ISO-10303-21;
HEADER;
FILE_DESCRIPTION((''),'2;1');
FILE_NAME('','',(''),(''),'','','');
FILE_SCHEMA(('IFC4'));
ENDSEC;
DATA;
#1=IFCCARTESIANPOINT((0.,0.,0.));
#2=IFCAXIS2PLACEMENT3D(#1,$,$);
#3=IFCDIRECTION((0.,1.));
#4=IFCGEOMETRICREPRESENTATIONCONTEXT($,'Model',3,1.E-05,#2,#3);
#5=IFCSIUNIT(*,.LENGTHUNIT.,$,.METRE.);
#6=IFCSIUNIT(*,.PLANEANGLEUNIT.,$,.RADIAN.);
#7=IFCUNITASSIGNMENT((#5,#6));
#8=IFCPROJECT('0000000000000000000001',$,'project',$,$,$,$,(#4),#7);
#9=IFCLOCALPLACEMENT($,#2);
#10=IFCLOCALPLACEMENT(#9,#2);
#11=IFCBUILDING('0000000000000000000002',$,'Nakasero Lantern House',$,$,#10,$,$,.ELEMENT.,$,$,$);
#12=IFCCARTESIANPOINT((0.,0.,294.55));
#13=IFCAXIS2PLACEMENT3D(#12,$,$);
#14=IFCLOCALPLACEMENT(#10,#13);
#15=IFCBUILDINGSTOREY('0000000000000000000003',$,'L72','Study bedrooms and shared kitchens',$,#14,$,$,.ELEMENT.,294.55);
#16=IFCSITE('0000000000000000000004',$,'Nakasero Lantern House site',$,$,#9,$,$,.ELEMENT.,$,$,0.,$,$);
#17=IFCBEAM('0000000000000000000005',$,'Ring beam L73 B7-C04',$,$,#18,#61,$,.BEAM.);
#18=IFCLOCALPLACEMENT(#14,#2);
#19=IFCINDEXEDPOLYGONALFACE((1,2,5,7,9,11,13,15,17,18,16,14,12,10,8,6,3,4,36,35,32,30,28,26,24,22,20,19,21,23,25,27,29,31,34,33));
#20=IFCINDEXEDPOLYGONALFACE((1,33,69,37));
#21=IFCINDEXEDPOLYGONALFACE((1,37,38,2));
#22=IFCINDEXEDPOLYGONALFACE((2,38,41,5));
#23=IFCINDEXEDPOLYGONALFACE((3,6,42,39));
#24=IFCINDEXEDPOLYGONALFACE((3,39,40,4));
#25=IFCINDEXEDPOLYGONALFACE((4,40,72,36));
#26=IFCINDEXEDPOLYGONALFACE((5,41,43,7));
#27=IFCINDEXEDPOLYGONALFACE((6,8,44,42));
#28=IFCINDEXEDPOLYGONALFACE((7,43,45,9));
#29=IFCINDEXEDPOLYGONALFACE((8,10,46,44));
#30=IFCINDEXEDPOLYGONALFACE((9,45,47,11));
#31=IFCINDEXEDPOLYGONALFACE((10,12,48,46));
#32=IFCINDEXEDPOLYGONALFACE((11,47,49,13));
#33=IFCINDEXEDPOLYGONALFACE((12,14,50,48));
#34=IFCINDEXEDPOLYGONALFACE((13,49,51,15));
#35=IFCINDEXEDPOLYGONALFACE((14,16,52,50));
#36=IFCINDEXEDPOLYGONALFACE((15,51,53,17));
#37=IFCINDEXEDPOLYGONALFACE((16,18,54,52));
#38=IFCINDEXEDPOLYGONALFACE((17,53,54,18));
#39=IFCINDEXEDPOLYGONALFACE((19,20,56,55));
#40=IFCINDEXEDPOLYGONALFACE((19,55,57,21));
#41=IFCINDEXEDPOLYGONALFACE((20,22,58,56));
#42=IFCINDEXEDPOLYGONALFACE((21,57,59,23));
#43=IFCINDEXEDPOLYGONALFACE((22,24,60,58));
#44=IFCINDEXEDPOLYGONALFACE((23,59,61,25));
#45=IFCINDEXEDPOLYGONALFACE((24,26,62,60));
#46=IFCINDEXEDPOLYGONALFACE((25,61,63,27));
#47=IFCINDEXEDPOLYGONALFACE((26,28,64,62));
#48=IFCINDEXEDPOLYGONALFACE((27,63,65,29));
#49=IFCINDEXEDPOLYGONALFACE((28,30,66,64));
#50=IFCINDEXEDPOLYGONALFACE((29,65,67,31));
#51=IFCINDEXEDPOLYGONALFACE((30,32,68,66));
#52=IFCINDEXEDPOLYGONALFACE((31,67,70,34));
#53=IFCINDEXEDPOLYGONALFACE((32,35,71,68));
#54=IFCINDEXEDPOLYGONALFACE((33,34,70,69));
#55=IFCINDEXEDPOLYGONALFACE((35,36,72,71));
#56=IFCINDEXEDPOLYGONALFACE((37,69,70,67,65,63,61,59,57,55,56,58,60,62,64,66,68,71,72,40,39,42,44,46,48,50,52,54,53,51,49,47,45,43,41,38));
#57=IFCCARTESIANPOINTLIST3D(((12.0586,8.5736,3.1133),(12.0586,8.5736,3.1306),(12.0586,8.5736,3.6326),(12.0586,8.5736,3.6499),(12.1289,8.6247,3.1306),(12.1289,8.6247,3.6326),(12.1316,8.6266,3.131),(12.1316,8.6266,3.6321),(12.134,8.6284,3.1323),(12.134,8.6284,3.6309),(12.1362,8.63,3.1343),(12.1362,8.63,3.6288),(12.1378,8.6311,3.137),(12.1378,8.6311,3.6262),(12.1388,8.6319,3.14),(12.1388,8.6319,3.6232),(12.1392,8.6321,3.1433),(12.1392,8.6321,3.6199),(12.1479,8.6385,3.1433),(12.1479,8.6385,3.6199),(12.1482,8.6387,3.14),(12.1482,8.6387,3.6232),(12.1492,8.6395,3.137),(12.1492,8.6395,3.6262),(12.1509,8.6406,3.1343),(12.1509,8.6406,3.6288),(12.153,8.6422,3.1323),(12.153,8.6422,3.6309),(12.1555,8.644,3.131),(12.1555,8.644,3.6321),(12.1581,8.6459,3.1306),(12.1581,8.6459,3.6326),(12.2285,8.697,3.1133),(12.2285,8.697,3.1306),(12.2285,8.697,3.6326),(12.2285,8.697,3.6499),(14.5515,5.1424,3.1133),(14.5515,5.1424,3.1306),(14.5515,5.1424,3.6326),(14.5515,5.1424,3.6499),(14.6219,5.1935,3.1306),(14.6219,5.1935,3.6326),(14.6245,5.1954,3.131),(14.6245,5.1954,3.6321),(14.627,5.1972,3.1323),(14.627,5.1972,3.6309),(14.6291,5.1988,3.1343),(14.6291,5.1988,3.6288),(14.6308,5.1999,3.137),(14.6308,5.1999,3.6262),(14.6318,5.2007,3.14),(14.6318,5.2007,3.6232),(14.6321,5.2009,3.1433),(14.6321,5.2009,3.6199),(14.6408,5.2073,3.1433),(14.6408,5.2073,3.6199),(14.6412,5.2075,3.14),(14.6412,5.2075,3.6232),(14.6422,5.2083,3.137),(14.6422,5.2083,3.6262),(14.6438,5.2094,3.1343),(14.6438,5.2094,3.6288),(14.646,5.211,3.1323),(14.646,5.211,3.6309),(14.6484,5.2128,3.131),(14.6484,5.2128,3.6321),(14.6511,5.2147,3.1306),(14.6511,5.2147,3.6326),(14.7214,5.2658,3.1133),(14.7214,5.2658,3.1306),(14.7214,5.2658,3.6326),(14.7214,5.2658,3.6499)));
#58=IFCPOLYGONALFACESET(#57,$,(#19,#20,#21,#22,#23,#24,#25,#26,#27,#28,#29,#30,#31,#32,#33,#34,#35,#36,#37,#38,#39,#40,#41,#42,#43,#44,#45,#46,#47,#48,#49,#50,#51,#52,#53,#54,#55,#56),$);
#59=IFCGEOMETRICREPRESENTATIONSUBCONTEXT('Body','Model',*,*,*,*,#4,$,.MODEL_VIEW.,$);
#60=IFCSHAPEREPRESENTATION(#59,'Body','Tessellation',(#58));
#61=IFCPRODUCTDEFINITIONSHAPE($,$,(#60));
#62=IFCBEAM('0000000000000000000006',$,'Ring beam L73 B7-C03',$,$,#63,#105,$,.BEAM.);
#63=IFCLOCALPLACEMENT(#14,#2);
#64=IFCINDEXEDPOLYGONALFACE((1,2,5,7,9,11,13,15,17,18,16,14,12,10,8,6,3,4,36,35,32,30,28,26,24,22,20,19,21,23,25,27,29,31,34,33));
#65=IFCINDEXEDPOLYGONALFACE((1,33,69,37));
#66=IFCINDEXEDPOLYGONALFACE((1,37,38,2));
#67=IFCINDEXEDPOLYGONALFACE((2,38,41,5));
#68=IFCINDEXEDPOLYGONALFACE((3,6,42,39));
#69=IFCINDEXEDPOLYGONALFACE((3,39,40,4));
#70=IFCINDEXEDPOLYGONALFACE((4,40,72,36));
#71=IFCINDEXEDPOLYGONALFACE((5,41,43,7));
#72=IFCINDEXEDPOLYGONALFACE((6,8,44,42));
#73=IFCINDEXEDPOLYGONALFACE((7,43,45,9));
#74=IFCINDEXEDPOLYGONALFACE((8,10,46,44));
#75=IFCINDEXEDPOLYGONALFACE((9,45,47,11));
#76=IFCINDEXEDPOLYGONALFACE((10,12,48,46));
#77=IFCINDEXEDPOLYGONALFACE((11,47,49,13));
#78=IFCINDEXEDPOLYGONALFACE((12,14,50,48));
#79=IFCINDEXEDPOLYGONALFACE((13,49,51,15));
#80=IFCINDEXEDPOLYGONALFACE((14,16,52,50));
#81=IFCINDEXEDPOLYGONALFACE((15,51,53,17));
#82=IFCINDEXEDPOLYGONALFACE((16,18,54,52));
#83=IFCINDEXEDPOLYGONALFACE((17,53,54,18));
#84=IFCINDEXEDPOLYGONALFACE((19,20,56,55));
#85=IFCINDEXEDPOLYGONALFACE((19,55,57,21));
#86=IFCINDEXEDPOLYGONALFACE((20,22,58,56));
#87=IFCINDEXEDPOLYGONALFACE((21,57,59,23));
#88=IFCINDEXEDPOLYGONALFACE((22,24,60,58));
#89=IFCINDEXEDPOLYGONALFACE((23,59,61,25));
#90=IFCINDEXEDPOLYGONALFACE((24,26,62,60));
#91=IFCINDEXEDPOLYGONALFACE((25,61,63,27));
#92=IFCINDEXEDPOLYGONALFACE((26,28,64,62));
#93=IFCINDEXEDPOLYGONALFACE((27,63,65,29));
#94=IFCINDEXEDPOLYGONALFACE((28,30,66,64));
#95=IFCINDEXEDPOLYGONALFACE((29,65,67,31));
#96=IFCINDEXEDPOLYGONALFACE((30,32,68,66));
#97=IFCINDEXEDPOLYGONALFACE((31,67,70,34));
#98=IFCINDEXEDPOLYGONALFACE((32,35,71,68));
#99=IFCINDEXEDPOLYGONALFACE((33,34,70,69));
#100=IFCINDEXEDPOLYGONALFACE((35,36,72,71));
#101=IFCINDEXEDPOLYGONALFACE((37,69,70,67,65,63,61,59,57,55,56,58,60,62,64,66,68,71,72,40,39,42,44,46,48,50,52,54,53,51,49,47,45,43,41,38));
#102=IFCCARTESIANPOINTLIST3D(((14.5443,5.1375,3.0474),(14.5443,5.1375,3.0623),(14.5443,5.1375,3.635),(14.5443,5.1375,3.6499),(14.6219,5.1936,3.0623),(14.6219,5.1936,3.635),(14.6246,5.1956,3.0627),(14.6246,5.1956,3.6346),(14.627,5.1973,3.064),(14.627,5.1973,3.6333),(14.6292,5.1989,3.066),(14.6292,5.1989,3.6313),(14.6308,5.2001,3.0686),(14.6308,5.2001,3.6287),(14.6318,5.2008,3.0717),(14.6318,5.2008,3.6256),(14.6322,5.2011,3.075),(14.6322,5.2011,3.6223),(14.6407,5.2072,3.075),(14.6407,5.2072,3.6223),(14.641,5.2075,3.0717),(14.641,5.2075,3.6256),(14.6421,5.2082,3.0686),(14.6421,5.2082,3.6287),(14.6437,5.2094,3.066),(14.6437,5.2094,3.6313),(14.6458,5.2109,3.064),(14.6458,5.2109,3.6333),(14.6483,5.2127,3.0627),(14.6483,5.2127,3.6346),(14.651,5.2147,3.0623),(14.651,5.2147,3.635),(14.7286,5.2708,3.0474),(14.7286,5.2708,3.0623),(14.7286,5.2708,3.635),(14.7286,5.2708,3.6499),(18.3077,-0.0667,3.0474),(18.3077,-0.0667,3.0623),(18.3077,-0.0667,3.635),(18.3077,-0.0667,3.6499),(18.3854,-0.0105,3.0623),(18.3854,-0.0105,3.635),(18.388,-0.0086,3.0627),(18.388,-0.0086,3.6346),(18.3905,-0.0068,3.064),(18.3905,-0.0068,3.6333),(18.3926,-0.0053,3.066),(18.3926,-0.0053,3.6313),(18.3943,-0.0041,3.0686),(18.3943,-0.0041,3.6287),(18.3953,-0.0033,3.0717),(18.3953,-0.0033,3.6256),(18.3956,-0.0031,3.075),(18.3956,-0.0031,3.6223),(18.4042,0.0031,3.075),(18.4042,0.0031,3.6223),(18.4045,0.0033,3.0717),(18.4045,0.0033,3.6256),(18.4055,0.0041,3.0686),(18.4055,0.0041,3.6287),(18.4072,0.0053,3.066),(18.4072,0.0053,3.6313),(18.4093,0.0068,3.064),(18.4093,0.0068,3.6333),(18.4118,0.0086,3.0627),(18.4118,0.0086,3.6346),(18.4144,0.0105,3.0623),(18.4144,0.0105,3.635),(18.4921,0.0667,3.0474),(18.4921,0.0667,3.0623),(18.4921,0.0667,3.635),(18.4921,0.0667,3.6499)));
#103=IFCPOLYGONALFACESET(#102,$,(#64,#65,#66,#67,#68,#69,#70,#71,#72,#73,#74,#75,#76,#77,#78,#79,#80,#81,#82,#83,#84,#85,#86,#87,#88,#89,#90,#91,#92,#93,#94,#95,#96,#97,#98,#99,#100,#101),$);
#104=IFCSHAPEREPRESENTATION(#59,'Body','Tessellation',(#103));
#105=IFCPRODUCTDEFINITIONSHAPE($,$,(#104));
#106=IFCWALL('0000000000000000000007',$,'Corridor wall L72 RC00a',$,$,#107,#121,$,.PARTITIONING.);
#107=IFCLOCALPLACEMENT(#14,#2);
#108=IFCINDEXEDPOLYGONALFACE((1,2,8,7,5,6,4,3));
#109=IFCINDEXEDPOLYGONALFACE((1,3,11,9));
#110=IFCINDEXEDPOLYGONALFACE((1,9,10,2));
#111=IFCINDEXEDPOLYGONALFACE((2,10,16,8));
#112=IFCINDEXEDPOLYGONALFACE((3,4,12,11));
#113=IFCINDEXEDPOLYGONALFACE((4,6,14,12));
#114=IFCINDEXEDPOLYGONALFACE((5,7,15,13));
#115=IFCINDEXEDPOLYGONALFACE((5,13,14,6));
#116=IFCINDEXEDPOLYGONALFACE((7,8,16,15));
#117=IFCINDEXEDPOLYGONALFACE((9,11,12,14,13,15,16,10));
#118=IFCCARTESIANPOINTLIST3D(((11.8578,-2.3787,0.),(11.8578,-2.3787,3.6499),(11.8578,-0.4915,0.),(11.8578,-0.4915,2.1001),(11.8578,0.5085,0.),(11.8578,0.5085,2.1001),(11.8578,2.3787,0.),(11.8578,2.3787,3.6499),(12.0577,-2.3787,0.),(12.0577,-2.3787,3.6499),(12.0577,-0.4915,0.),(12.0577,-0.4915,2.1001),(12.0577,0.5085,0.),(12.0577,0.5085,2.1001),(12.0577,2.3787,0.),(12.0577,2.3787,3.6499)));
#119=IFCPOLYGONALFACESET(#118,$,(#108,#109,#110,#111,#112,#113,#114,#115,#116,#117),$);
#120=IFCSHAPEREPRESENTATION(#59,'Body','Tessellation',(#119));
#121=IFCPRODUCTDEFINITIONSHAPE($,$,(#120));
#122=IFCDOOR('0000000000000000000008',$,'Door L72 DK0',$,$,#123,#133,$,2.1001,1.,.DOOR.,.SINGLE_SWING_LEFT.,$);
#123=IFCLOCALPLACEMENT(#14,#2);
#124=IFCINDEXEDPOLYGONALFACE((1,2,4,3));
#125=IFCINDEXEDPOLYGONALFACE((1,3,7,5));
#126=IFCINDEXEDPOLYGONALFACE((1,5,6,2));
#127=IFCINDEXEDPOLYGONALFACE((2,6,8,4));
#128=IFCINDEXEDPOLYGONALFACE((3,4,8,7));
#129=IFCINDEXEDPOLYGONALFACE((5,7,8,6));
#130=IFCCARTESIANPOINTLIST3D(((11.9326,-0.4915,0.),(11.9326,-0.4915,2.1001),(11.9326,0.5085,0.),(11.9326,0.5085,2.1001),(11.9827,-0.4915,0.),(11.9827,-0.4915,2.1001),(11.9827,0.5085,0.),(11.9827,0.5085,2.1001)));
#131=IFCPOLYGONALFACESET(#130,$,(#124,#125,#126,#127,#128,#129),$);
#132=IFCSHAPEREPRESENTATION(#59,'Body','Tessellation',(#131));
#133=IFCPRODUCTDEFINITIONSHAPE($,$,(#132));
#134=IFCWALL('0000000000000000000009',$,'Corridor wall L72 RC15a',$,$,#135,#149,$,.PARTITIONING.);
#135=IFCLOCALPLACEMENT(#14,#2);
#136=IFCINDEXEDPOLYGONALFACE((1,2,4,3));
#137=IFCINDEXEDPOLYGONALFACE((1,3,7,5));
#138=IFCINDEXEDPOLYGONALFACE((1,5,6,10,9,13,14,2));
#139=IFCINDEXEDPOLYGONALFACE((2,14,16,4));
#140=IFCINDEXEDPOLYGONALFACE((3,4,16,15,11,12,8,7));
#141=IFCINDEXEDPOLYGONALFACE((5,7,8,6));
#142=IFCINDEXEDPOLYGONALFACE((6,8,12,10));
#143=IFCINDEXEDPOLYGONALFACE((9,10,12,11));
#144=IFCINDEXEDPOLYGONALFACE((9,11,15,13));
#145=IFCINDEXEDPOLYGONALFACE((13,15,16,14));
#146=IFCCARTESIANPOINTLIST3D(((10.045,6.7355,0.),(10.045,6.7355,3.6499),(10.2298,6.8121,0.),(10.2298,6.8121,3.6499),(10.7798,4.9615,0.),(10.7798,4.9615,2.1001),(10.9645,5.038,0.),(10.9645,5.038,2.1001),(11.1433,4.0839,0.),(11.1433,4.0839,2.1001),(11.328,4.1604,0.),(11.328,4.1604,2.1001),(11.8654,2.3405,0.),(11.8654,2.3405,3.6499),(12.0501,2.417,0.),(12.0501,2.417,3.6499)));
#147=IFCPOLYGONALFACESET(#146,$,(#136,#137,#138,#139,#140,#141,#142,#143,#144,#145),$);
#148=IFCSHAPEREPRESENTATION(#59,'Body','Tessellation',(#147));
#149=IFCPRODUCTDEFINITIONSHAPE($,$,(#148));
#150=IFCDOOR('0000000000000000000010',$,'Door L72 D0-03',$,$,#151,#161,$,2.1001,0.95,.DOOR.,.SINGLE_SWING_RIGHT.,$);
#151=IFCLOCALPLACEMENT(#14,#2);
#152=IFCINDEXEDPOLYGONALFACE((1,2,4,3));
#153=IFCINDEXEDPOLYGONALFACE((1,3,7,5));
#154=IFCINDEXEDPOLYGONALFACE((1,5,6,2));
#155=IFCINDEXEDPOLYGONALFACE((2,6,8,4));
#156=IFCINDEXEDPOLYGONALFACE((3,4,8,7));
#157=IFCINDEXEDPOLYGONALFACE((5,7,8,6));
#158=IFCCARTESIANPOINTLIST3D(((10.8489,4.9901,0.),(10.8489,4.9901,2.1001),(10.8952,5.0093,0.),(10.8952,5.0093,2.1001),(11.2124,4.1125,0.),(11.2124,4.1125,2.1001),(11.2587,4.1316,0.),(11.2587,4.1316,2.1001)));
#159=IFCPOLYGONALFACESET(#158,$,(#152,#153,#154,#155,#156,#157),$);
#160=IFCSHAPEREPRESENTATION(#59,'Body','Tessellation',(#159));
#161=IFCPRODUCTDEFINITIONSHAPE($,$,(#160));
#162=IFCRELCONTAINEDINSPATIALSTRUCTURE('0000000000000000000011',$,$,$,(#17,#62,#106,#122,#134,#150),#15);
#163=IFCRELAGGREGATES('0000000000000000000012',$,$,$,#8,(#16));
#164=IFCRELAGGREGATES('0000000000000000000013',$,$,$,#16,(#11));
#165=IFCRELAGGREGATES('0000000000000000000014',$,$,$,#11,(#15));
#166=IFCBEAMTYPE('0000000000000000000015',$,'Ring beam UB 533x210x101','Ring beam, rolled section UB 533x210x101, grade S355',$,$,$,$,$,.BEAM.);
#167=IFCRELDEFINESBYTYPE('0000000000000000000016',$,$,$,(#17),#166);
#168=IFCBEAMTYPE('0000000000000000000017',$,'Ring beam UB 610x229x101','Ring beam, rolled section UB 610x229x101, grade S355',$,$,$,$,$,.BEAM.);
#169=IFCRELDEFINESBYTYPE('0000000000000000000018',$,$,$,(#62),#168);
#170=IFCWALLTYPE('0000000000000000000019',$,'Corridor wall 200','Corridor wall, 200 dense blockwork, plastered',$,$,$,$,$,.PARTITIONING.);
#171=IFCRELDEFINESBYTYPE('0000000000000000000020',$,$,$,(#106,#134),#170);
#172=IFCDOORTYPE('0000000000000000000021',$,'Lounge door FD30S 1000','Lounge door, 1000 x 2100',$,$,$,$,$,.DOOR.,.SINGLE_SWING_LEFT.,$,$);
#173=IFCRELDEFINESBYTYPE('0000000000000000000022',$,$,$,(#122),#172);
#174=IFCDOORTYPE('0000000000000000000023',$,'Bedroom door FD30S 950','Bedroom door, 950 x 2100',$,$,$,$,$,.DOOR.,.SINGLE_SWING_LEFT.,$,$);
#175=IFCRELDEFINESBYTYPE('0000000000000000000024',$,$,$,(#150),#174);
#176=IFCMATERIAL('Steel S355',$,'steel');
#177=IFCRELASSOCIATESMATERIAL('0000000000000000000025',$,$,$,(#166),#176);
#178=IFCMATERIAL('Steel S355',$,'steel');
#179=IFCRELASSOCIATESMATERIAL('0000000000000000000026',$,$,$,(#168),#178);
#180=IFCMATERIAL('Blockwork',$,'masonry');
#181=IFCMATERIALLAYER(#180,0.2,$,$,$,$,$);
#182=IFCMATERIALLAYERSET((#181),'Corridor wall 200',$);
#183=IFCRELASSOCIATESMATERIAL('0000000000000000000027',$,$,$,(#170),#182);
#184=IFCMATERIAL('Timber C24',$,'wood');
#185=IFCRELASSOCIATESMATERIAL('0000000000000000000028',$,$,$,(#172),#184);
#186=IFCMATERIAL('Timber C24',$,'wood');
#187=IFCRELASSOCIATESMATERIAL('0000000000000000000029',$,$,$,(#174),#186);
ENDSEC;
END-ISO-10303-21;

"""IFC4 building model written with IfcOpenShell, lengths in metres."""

from ifc_helpers import new_model, si_unit, direction, frame, frame_2d, origin, origin_2d, place, context, subcontext, project, spatial, rectangle, i_section, extrude, material, layer, layer_set, material_profile, profile_set, type_object, element, fill, save


model = new_model("IFC4")

# Units and contexts
model_context = context("Model", 3, precision=1e-05, world=origin(), true_north=direction((0.0, 1.0)))
body_context = subcontext(model_context, "Body", "Model", "MODEL_VIEW")
ifc_project = project(units=[si_unit("LENGTHUNIT", "METRE"), si_unit("PLANEANGLEUNIT", "RADIAN")], contexts=[model_context])

# Site, building, storey
site_placement = place(None, origin())
site = spatial("IfcSite", under=ifc_project, at=site_placement, Name="Nakasero Lantern House site", CompositionType="ELEMENT", RefElevation=0.0)
building_placement = place(site_placement, origin())
building = spatial("IfcBuilding", under=site, at=building_placement, Name="Nakasero Lantern House", CompositionType="ELEMENT")
storey_placement = place(building_placement, frame((0.0, 0.0, 294.55)))
storey = spatial("IfcBuildingStorey", under=building, at=storey_placement, Name="L72", Description="Study bedrooms and shared kitchens", CompositionType="ELEMENT", Elevation=294.55)

# Beams
ifc_material_1 = material(Name="Steel S355", Category="steel")
ifc_material_profile_1 = material_profile(ifc_material_1, i_section(OverallWidth=0.21, OverallDepth=0.5366, WebThickness=0.0107, FlangeThickness=0.0173, FilletRadius=0.0127, at=origin_2d()), Name="UB 533x210x101")
ifc_profile_set_1 = profile_set([ifc_material_profile_1], Name="Steel S355")
beam_type_1 = type_object("IfcBeamType", Name="Ring beam UB 533x210x101", Description="Ring beam, rolled section UB 533x210x101, grade S355", PredefinedType="BEAM", material=ifc_profile_set_1)
beam_1_placement = place(storey_placement, frame((14.6365, 5.2041, 3.3816), z_axis=(-0.587792, 0.809012, 0.0), x_axis=(-0.809012, -0.587792, 0.0)))
element("IfcBeam", 1, at=beam_1_placement, inside=storey, type_object=beam_type_1, Name="Ring beam L73 B7-C04", PredefinedType="BEAM", context=body_context, shape_type="SweptSolid", body=[
    extrude(i_section(OverallWidth=0.21, OverallDepth=0.5366, WebThickness=0.0107, FlangeThickness=0.0173, FilletRadius=0.0127, at=origin_2d()), origin(), (0.0, 0.0, 1.0), 4.2412),
])
ifc_material_2 = material(Name="Steel S355", Category="steel")
ifc_material_profile_2 = material_profile(ifc_material_2, i_section(OverallWidth=0.2275, OverallDepth=0.6025, WebThickness=0.0105, FlangeThickness=0.0149, FilletRadius=0.0127, at=origin_2d()), Name="UB 610x229x101")
ifc_profile_set_2 = profile_set([ifc_material_profile_2], Name="Steel S355")
beam_type_2 = type_object("IfcBeamType", Name="Ring beam UB 610x229x101", Description="Ring beam, rolled section UB 610x229x101, grade S355", PredefinedType="BEAM", material=ifc_profile_set_2)
beam_2_placement = place(storey_placement, frame((18.3999, 0.0, 3.3486), z_axis=(-0.585993, 0.810316, 0.0), x_axis=(-0.810316, -0.585993, 0.0)))
element("IfcBeam", 2, at=beam_2_placement, inside=storey, type_object=beam_type_2, Name="Ring beam L73 B7-C03", PredefinedType="BEAM", context=body_context, shape_type="SweptSolid", body=[
    extrude(i_section(OverallWidth=0.2275, OverallDepth=0.6025, WebThickness=0.0105, FlangeThickness=0.0149, FilletRadius=0.0127, at=origin_2d()), origin(), (0.0, 0.0, 1.0), 6.4224),
])

# Walls, openings, doors
ifc_material_3 = material(Name="Blockwork", Category="masonry")
ifc_layer_1 = layer(ifc_material_3, 0.2)
ifc_layer_set_1 = layer_set([ifc_layer_1], Name="Corridor wall 200")
wall_type_1 = type_object("IfcWallType", Name="Corridor wall 200", Description="Corridor wall, 200 dense blockwork, plastered", PredefinedType="PARTITIONING", material=ifc_layer_set_1)
wall_1_placement = place(storey_placement, frame((11.9578, 2.3787, 0.0), z_axis=(0.0, 0.0, 1.0), x_axis=(0.0, -1.0, 0.0)))
wall_1 = element("IfcWall", 3, at=wall_1_placement, inside=storey, type_object=wall_type_1, Name="Corridor wall L72 RC00a", PredefinedType="PARTITIONING", context=body_context, shape_type="SweptSolid", body=[
    extrude(rectangle(XDim=4.7573, YDim=0.2, at=frame_2d((2.3787, 0.0))), origin(), (0.0, 0.0, 1.0), 3.6499),
])
opening_1_placement = place(wall_1_placement, frame((1.8701, 0.0, 0.0)))
opening_1 = element("IfcOpeningElement", 4, at=opening_1_placement, cuts=wall_1, PredefinedType="OPENING", context=body_context, shape_type="SweptSolid", body=[
    extrude(rectangle(XDim=1.0, YDim=2.1001, at=frame_2d((0.5, 1.05))), frame((0.0, 0.1199, 0.0), z_axis=(0.0, -1.0, 0.0), x_axis=(1.0, 0.0, 0.0)), (0.0, 0.0, 1.0), 0.24),
])
ifc_material_4 = material(Name="Timber C24", Category="wood")
door_type_1 = type_object("IfcDoorType", Name="Lounge door FD30S 1000", Description="Lounge door, 1000 x 2100", OperationType="SINGLE_SWING_LEFT", PredefinedType="DOOR", material=ifc_material_4)
door_1_placement = place(opening_1_placement, origin())
door_1 = element("IfcDoor", 5, at=door_1_placement, inside=storey, type_object=door_type_1, Name="Door L72 DK0", OperationType="SINGLE_SWING_LEFT", OverallHeight=2.1001, OverallWidth=1.0, PredefinedType="DOOR", context=body_context, shape_type="SweptSolid", body=[
    extrude(rectangle(XDim=1.0, YDim=2.1001, at=frame_2d((0.5, 1.05))), frame((0.0, 0.0249, 0.0), z_axis=(0.0, -1.0, 0.0), x_axis=(1.0, 0.0, 0.0)), (0.0, 0.0, 1.0), 0.05),
])
fill(opening_1, door_1)
wall_2_placement = place(storey_placement, frame((10.1375, 6.7737, 0.0), z_axis=(0.0, 0.0, 1.0), x_axis=(0.382654, -0.923892, 0.0)))
wall_2 = element("IfcWall", 6, at=wall_2_placement, inside=storey, type_object=wall_type_1, Name="Corridor wall L72 RC15a", PredefinedType="PARTITIONING", context=body_context, shape_type="SweptSolid", body=[
    extrude(rectangle(XDim=4.7571, YDim=0.2, at=frame_2d((2.3784, 0.0))), origin(), (0.0, 0.0, 1.0), 3.6499),
])
opening_2_placement = place(wall_2_placement, frame((1.9199, 0.0, 0.0)))
opening_2 = element("IfcOpeningElement", 7, at=opening_2_placement, cuts=wall_2, PredefinedType="OPENING", context=body_context, shape_type="SweptSolid", body=[
    extrude(rectangle(XDim=0.95, YDim=2.1001, at=frame_2d((0.4751, 1.05))), frame((0.0, 0.1199, 0.0), z_axis=(0.0, -1.0, 0.0), x_axis=(1.0, 0.0, 0.0)), (0.0, 0.0, 1.0), 0.24),
])
ifc_material_5 = material(Name="Timber C24", Category="wood")
door_type_2 = type_object("IfcDoorType", Name="Bedroom door FD30S 950", Description="Bedroom door, 950 x 2100", OperationType="SINGLE_SWING_LEFT", PredefinedType="DOOR", material=ifc_material_5)
door_2_placement = place(opening_2_placement, origin())
door_2 = element("IfcDoor", 8, at=door_2_placement, inside=storey, type_object=door_type_2, Name="Door L72 D0-03", OperationType="SINGLE_SWING_RIGHT", OverallHeight=2.1001, OverallWidth=0.95, PredefinedType="DOOR", context=body_context, shape_type="SweptSolid", body=[
    extrude(rectangle(XDim=0.95, YDim=2.1001, at=frame_2d((0.4751, 1.05))), frame((0.0, 0.0249, 0.0), z_axis=(0.0, -1.0, 0.0), x_axis=(1.0, 0.0, 0.0)), (0.0, 0.0, 1.0), 0.05),
])
fill(opening_2, door_2)

save(model, "model.ifc")
